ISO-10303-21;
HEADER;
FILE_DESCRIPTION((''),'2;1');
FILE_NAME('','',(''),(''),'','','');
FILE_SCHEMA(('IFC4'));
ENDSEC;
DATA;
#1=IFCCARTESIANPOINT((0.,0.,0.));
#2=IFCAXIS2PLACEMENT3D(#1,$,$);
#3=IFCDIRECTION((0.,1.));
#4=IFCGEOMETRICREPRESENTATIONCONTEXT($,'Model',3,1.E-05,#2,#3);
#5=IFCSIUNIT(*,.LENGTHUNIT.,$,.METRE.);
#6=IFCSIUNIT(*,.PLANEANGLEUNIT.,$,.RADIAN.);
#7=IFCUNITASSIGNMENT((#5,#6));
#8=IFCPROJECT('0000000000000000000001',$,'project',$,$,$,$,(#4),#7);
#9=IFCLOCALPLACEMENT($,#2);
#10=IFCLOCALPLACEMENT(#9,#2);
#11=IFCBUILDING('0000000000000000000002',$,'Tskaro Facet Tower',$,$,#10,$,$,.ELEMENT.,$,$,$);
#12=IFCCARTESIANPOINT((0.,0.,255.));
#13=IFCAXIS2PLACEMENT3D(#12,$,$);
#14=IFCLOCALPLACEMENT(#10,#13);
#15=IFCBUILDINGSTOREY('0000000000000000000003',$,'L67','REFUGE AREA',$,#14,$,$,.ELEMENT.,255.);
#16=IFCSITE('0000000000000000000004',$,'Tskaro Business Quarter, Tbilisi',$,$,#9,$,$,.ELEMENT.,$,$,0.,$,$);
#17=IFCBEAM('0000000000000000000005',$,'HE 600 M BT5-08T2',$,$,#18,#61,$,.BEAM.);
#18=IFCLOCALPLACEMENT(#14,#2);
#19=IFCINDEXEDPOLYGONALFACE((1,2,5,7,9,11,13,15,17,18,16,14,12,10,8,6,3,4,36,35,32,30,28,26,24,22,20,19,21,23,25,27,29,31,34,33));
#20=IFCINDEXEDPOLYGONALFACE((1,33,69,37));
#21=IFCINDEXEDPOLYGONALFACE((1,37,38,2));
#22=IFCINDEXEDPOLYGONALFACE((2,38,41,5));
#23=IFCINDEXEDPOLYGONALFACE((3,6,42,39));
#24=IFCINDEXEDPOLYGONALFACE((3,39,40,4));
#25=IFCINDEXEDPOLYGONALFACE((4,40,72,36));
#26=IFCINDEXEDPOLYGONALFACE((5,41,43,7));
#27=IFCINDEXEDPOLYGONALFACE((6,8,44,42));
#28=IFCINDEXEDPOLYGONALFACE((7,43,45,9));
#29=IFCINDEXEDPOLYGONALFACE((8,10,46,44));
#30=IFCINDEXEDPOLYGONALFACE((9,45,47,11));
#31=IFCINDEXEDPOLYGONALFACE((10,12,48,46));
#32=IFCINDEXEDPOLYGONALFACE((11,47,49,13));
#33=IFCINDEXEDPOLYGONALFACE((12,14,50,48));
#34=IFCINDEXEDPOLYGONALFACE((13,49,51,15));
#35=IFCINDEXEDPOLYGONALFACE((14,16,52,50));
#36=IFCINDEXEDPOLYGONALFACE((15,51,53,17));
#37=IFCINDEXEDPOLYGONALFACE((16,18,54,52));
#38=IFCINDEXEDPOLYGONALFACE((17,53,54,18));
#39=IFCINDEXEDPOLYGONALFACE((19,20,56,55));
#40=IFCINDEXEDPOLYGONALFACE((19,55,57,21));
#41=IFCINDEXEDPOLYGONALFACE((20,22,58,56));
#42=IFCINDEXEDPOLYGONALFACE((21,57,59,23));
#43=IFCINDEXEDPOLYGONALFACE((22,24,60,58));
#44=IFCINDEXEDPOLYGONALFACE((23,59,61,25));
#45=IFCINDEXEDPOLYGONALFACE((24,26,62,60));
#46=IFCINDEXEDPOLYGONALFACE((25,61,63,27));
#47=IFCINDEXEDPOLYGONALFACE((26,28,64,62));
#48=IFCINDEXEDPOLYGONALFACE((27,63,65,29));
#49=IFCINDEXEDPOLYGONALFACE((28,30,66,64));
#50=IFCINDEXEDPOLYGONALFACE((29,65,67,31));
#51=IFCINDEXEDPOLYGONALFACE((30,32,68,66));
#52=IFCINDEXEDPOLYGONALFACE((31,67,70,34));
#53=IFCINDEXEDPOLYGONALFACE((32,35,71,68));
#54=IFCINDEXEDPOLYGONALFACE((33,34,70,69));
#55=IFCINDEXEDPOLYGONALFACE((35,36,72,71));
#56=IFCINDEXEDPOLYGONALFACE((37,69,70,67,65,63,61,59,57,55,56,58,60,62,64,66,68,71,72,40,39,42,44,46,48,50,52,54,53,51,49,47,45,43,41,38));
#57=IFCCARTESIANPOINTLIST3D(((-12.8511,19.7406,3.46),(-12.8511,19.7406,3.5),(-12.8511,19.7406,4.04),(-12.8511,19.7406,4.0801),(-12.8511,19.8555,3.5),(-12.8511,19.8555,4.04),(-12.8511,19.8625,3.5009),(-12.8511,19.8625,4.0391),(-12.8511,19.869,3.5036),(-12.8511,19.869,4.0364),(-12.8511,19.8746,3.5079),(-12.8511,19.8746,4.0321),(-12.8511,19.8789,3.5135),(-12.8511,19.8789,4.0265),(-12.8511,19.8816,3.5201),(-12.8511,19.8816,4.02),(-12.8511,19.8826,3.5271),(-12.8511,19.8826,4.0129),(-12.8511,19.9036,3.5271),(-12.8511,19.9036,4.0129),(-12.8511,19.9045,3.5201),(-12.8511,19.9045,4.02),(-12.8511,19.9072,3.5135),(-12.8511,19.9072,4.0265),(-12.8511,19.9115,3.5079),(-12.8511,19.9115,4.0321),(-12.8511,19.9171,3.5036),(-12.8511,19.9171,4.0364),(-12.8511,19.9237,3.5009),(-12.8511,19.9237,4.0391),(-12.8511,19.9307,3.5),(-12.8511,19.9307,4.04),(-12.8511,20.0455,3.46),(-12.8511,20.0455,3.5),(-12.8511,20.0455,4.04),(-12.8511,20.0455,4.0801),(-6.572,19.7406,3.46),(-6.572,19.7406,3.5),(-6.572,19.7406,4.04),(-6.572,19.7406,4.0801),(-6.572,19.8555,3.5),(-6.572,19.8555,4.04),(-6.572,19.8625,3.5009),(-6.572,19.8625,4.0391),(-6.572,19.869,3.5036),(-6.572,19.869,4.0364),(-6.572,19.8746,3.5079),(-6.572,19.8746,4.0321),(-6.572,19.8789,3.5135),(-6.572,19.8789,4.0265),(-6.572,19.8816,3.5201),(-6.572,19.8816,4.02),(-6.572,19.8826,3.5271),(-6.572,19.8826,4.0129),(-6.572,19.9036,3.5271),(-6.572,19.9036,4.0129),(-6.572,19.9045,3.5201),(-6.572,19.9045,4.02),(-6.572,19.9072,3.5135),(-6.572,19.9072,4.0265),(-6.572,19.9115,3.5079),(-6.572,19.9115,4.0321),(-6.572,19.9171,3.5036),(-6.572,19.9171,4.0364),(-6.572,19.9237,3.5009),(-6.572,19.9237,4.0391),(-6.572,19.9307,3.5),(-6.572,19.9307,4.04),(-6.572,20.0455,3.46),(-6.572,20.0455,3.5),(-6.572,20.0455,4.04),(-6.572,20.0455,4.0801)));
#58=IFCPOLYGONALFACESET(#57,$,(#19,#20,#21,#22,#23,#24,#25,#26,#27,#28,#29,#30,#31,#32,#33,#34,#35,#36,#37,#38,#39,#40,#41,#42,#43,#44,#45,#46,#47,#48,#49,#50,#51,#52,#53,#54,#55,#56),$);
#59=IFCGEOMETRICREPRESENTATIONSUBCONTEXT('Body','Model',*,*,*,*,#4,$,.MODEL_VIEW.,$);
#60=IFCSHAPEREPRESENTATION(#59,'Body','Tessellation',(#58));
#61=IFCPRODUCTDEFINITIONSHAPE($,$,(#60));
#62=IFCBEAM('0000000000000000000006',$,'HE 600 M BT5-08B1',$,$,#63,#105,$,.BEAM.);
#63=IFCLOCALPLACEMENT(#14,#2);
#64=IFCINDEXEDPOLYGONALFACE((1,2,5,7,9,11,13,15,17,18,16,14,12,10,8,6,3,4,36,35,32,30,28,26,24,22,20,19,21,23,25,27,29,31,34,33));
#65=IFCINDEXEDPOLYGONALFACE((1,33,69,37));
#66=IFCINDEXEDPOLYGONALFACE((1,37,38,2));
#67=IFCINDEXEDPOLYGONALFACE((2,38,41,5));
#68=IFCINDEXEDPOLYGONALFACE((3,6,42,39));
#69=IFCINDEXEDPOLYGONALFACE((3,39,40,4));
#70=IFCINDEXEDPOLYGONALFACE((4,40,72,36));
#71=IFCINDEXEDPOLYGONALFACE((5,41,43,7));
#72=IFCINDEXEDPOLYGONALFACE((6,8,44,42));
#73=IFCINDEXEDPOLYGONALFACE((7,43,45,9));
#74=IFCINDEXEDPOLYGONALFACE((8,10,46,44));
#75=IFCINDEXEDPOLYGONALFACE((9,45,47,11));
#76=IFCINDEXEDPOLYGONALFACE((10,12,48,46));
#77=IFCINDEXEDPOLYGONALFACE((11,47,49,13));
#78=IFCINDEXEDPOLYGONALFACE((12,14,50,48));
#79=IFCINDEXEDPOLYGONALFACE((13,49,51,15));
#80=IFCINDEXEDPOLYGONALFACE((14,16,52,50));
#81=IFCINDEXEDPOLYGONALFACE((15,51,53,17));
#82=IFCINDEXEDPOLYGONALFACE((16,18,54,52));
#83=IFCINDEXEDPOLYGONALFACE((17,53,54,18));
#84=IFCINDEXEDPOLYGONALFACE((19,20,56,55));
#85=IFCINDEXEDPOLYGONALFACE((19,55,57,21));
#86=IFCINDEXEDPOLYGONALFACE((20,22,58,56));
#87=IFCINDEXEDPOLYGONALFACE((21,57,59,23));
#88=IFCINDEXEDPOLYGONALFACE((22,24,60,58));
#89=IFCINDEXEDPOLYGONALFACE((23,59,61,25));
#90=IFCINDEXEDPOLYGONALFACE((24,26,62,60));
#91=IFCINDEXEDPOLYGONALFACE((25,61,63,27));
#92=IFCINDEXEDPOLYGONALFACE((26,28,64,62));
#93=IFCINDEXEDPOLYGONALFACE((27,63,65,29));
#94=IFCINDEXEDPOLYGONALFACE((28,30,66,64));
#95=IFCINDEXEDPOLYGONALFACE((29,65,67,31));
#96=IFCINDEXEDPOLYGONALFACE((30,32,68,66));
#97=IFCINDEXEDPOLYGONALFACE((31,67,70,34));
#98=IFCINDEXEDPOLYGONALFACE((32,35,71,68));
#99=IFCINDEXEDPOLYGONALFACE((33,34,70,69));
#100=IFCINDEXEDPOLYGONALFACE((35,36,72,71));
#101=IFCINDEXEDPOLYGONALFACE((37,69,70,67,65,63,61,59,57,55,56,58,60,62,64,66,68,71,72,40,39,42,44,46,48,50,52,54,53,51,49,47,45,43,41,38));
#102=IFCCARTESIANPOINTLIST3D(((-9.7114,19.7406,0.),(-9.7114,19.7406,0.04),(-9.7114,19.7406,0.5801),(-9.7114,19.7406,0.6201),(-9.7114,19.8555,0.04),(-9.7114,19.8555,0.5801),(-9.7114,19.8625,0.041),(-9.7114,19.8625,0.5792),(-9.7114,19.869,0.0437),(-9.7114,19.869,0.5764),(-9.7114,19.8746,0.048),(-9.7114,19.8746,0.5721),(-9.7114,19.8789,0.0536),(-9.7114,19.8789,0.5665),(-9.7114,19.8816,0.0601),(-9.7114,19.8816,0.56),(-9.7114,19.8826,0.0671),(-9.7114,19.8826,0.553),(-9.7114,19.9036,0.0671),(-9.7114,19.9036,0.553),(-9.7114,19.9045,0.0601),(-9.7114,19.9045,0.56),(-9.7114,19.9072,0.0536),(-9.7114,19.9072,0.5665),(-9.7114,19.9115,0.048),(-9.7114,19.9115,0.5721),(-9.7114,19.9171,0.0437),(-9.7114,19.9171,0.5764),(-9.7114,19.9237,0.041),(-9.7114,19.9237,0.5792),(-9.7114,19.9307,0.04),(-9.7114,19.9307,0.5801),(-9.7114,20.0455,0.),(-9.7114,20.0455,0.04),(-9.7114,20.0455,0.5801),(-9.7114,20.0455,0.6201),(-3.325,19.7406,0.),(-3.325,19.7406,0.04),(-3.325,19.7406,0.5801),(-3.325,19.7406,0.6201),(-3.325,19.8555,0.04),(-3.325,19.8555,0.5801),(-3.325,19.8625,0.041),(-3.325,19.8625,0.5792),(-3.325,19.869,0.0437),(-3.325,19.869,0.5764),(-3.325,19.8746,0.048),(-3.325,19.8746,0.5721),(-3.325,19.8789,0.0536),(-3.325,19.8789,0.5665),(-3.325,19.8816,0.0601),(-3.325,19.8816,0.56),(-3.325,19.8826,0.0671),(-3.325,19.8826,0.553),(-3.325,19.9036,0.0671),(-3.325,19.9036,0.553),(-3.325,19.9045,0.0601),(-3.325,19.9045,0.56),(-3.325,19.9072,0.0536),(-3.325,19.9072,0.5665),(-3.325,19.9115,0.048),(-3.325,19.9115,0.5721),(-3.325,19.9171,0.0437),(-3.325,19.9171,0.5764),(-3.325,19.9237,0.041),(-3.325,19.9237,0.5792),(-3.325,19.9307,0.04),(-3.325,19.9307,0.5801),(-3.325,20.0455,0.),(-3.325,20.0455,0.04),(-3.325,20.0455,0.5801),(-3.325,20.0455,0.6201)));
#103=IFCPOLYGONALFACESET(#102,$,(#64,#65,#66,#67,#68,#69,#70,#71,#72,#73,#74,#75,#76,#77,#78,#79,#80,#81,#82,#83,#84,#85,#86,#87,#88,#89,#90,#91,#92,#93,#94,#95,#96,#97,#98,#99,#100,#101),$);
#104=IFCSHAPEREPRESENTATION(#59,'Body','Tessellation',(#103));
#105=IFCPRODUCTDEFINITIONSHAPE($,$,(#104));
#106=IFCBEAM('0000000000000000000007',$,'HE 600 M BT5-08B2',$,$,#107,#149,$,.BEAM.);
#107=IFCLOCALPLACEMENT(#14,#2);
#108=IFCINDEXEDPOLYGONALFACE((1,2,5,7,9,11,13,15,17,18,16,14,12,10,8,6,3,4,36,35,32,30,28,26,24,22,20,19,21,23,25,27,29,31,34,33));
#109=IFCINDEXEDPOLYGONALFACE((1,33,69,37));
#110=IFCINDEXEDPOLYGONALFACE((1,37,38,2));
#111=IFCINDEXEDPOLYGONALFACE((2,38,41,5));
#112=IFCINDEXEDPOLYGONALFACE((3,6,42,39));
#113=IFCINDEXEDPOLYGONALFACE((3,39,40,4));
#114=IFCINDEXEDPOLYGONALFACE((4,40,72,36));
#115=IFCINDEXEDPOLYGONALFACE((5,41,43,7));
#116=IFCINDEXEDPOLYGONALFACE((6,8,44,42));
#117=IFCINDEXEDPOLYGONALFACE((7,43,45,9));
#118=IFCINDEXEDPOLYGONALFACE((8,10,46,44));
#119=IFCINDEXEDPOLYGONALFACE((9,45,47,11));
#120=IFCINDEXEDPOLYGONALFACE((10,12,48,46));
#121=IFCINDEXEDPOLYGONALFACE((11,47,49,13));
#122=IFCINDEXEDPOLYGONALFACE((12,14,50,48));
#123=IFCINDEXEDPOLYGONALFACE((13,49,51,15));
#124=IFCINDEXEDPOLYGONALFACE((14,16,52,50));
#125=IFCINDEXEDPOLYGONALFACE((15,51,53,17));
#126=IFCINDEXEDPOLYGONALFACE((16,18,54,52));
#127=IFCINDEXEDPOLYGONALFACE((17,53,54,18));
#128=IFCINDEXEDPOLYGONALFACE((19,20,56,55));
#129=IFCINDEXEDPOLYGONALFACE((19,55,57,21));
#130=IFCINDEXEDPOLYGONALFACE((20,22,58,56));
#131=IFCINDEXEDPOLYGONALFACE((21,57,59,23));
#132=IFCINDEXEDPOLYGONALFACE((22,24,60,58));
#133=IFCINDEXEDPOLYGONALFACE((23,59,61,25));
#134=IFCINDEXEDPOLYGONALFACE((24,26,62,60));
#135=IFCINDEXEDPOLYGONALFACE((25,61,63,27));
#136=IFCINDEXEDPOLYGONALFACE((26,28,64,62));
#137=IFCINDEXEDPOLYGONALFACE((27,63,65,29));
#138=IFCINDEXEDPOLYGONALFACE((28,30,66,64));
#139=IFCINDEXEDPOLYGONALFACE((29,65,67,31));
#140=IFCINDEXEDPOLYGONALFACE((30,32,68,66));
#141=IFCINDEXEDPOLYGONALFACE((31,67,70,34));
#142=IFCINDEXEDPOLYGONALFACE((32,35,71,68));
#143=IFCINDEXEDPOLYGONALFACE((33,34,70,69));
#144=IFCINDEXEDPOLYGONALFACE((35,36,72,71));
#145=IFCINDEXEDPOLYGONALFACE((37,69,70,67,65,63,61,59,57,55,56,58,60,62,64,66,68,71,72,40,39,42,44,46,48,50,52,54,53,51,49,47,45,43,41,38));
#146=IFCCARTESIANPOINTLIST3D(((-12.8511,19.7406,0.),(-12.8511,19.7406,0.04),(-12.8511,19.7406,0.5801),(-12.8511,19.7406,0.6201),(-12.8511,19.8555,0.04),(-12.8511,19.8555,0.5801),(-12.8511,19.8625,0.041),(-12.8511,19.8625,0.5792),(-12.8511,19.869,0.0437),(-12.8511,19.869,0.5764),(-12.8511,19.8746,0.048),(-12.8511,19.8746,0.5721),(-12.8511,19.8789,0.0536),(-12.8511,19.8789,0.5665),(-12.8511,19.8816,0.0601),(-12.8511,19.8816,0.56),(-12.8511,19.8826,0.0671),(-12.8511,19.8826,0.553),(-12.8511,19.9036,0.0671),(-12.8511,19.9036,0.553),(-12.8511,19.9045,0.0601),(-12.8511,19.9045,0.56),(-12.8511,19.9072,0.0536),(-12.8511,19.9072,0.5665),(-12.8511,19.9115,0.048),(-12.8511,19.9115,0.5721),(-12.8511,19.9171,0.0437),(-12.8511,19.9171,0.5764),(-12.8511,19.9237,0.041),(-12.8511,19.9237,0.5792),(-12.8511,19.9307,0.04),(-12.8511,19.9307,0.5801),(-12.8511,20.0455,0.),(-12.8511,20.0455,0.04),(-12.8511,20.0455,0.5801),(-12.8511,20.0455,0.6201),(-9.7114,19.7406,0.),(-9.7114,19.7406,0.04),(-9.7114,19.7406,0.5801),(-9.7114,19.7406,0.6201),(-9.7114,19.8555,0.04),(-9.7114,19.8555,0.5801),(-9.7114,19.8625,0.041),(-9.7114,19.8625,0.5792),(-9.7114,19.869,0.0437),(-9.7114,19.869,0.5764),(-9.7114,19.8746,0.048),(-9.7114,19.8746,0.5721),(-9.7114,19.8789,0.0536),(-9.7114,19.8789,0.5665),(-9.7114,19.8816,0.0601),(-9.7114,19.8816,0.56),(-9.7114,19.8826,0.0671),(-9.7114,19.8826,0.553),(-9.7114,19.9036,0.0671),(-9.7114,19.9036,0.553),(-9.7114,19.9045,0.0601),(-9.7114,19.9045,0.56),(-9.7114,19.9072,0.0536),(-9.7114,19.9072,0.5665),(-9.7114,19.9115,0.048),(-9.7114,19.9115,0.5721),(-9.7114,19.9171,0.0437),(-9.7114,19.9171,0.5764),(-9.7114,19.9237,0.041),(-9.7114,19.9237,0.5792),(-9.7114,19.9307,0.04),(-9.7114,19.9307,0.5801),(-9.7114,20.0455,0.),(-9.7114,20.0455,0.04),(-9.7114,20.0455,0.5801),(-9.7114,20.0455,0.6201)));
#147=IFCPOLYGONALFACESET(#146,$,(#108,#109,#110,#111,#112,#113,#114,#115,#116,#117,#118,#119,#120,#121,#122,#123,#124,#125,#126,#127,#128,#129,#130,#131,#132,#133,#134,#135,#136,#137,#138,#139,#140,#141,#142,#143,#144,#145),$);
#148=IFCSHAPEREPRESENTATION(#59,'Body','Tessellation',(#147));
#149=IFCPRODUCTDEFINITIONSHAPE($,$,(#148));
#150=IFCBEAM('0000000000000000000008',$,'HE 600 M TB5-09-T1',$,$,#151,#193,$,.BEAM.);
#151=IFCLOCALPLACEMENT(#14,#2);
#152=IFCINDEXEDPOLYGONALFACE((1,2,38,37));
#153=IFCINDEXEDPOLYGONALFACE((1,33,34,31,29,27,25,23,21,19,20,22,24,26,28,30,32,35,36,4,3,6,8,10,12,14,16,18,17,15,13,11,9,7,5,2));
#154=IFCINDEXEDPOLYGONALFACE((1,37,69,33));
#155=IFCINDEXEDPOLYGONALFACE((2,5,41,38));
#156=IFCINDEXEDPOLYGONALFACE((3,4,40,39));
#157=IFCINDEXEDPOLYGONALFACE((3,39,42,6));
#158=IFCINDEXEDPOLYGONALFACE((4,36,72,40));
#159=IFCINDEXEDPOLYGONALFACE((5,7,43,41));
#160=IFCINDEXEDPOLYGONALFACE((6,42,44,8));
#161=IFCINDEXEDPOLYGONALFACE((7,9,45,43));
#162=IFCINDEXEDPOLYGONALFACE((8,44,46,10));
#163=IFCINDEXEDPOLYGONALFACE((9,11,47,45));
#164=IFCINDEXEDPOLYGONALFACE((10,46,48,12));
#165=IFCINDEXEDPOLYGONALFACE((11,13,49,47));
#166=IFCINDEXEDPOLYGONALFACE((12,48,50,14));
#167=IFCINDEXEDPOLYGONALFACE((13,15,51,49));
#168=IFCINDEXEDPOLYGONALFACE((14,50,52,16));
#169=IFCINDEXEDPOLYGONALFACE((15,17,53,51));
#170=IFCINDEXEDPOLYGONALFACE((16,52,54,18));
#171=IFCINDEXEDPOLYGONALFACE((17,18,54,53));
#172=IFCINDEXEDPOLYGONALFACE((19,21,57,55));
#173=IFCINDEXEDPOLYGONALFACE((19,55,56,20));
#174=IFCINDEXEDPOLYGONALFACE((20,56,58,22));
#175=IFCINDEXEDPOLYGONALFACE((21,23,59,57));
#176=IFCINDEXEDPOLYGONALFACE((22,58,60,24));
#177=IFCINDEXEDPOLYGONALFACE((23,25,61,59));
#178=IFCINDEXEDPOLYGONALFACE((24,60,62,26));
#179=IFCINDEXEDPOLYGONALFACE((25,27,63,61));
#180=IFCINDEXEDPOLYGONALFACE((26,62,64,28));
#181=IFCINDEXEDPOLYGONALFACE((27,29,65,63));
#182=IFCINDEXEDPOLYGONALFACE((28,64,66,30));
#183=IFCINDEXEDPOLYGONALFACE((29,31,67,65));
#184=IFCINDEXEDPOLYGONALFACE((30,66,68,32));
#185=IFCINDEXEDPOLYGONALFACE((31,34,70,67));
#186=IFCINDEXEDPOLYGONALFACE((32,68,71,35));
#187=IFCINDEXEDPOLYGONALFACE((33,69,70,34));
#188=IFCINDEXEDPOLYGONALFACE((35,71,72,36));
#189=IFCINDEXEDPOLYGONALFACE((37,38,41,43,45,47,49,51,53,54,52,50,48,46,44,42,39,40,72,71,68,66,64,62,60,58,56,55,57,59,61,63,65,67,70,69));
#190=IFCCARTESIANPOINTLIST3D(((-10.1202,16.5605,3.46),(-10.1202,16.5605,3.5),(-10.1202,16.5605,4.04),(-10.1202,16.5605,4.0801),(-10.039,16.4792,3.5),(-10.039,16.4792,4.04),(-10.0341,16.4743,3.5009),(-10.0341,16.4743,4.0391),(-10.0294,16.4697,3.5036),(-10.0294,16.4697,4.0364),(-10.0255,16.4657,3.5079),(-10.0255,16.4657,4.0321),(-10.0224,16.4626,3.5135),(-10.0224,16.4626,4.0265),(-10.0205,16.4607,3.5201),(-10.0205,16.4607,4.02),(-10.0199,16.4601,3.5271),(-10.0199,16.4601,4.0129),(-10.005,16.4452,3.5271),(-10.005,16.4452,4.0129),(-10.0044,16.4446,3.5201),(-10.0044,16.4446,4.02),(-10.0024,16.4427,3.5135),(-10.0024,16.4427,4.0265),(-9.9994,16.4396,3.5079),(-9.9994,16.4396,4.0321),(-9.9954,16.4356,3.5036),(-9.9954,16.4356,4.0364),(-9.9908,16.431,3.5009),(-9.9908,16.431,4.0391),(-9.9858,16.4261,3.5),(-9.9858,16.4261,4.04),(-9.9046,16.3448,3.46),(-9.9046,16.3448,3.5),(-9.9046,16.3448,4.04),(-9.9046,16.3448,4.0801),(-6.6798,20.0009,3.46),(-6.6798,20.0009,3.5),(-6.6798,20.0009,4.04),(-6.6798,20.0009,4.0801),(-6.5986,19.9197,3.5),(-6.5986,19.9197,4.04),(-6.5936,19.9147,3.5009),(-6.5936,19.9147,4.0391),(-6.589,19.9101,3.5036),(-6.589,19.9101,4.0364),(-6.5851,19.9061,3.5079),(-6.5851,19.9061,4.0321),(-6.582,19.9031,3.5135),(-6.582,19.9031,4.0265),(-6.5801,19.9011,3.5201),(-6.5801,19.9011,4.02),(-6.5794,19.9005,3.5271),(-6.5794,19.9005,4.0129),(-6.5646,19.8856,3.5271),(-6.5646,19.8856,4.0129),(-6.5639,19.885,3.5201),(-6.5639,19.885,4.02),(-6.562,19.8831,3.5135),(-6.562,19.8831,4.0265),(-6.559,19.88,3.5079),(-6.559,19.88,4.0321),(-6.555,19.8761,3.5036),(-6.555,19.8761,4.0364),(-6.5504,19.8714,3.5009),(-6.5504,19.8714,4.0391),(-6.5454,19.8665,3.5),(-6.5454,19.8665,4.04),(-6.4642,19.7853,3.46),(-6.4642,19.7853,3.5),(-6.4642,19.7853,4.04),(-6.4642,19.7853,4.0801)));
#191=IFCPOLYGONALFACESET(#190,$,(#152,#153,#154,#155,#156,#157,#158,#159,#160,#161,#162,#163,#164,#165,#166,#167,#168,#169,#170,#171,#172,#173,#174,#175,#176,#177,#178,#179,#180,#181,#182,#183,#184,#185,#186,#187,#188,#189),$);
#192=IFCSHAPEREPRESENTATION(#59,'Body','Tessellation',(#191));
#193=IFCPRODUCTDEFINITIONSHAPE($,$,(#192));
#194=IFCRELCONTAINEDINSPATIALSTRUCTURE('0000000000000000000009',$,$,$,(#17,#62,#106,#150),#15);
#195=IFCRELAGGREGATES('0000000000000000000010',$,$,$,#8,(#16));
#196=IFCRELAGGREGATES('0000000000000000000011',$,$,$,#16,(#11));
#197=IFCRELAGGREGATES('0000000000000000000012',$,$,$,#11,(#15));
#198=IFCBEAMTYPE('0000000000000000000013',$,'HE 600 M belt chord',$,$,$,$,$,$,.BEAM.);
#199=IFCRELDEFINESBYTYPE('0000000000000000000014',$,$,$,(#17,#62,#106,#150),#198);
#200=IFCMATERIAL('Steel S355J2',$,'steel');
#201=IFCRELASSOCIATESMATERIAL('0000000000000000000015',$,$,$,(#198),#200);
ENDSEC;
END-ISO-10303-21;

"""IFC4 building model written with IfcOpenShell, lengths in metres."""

from ifc_helpers import new_model, si_unit, direction, frame, origin, origin_2d, place, context, subcontext, project, spatial, i_section, extrude, material, material_profile, profile_set, type_object, element, save


model = new_model("IFC4")

# Units and contexts
model_context = context("Model", 3, precision=1e-05, world=origin(), true_north=direction((0.0, 1.0)))
body_context = subcontext(model_context, "Body", "Model", "MODEL_VIEW")
ifc_project = project(units=[si_unit("LENGTHUNIT", "METRE"), si_unit("PLANEANGLEUNIT", "RADIAN")], contexts=[model_context])

# Site, building, storey
site_placement = place(None, origin())
site = spatial("IfcSite", under=ifc_project, at=site_placement, Name="Tskaro Business Quarter, Tbilisi", CompositionType="ELEMENT", RefElevation=0.0)
building_placement = place(site_placement, origin())
building = spatial("IfcBuilding", under=site, at=building_placement, Name="Tskaro Facet Tower", CompositionType="ELEMENT")
storey_placement = place(building_placement, frame((0.0, 0.0, 255.0)))
storey = spatial("IfcBuildingStorey", under=building, at=storey_placement, Name="L67", Description="REFUGE AREA", CompositionType="ELEMENT", Elevation=255.0)

# Shared definitions
ifc_material_1 = material(Name="Steel S355J2", Category="steel")

# Beams
ifc_material_profile_1 = material_profile(ifc_material_1, i_section(OverallWidth=0.3049, OverallDepth=0.6201, WebThickness=0.021, FlangeThickness=0.04, FilletRadius=0.0271, at=origin_2d()), Name="HE 600 M")
ifc_profile_set_1 = profile_set([ifc_material_profile_1], Name="Steel S355J2")
beam_type_1 = type_object("IfcBeamType", Name="HE 600 M belt chord", PredefinedType="BEAM", material=ifc_profile_set_1)
beam_1_placement = place(storey_placement, frame((-6.572, 19.8931, 3.77), z_axis=(-1.0, 0.0, 0.0), x_axis=(0.0, -1.0, 0.0)))
element("IfcBeam", 1, at=beam_1_placement, inside=storey, type_object=beam_type_1, Name="HE 600 M BT5-08T2", PredefinedType="BEAM", context=body_context, shape_type="SweptSolid", body=[
    extrude(i_section(OverallWidth=0.3049, OverallDepth=0.6201, WebThickness=0.021, FlangeThickness=0.04, FilletRadius=0.0271, at=origin_2d()), origin(), (0.0, 0.0, 1.0), 6.2791),
])
beam_2_placement = place(storey_placement, frame((-3.325, 19.8931, 0.3101), z_axis=(-1.0, 0.0, 0.0), x_axis=(0.0, -1.0, 0.0)))
element("IfcBeam", 2, at=beam_2_placement, inside=storey, type_object=beam_type_1, Name="HE 600 M BT5-08B1", PredefinedType="BEAM", context=body_context, shape_type="SweptSolid", body=[
    extrude(i_section(OverallWidth=0.3049, OverallDepth=0.6201, WebThickness=0.021, FlangeThickness=0.04, FilletRadius=0.0271, at=origin_2d()), origin(), (0.0, 0.0, 1.0), 6.3865),
])
beam_3_placement = place(storey_placement, frame((-9.7114, 19.8931, 0.3101), z_axis=(-1.0, 0.0, 0.0), x_axis=(0.0, -1.0, 0.0)))
element("IfcBeam", 3, at=beam_3_placement, inside=storey, type_object=beam_type_1, Name="HE 600 M BT5-08B2", PredefinedType="BEAM", context=body_context, shape_type="SweptSolid", body=[
    extrude(i_section(OverallWidth=0.3049, OverallDepth=0.6201, WebThickness=0.021, FlangeThickness=0.04, FilletRadius=0.0271, at=origin_2d()), origin(), (0.0, 0.0, 1.0), 3.1396),
])
for number, where, z_axis, x_axis, name in (
    (4, (-6.572, 19.8931, 3.77), (-0.707107, -0.707107, 0.0), (0.707107, -0.707107, 0.0), "HE 600 M TB5-09-T1"),
):
    element("IfcBeam", number, at=place(storey_placement, frame(where, z_axis=z_axis, x_axis=x_axis)), inside=storey, type_object=beam_type_1, Name=name, PredefinedType="BEAM", context=body_context, shape_type="SweptSolid", body=[
        extrude(i_section(OverallWidth=0.3049, OverallDepth=0.6201, WebThickness=0.021, FlangeThickness=0.04, FilletRadius=0.0271, at=origin_2d()), origin(), (0.0, 0.0, 1.0), 4.8655),
    ])

save(model, "model.ifc")
